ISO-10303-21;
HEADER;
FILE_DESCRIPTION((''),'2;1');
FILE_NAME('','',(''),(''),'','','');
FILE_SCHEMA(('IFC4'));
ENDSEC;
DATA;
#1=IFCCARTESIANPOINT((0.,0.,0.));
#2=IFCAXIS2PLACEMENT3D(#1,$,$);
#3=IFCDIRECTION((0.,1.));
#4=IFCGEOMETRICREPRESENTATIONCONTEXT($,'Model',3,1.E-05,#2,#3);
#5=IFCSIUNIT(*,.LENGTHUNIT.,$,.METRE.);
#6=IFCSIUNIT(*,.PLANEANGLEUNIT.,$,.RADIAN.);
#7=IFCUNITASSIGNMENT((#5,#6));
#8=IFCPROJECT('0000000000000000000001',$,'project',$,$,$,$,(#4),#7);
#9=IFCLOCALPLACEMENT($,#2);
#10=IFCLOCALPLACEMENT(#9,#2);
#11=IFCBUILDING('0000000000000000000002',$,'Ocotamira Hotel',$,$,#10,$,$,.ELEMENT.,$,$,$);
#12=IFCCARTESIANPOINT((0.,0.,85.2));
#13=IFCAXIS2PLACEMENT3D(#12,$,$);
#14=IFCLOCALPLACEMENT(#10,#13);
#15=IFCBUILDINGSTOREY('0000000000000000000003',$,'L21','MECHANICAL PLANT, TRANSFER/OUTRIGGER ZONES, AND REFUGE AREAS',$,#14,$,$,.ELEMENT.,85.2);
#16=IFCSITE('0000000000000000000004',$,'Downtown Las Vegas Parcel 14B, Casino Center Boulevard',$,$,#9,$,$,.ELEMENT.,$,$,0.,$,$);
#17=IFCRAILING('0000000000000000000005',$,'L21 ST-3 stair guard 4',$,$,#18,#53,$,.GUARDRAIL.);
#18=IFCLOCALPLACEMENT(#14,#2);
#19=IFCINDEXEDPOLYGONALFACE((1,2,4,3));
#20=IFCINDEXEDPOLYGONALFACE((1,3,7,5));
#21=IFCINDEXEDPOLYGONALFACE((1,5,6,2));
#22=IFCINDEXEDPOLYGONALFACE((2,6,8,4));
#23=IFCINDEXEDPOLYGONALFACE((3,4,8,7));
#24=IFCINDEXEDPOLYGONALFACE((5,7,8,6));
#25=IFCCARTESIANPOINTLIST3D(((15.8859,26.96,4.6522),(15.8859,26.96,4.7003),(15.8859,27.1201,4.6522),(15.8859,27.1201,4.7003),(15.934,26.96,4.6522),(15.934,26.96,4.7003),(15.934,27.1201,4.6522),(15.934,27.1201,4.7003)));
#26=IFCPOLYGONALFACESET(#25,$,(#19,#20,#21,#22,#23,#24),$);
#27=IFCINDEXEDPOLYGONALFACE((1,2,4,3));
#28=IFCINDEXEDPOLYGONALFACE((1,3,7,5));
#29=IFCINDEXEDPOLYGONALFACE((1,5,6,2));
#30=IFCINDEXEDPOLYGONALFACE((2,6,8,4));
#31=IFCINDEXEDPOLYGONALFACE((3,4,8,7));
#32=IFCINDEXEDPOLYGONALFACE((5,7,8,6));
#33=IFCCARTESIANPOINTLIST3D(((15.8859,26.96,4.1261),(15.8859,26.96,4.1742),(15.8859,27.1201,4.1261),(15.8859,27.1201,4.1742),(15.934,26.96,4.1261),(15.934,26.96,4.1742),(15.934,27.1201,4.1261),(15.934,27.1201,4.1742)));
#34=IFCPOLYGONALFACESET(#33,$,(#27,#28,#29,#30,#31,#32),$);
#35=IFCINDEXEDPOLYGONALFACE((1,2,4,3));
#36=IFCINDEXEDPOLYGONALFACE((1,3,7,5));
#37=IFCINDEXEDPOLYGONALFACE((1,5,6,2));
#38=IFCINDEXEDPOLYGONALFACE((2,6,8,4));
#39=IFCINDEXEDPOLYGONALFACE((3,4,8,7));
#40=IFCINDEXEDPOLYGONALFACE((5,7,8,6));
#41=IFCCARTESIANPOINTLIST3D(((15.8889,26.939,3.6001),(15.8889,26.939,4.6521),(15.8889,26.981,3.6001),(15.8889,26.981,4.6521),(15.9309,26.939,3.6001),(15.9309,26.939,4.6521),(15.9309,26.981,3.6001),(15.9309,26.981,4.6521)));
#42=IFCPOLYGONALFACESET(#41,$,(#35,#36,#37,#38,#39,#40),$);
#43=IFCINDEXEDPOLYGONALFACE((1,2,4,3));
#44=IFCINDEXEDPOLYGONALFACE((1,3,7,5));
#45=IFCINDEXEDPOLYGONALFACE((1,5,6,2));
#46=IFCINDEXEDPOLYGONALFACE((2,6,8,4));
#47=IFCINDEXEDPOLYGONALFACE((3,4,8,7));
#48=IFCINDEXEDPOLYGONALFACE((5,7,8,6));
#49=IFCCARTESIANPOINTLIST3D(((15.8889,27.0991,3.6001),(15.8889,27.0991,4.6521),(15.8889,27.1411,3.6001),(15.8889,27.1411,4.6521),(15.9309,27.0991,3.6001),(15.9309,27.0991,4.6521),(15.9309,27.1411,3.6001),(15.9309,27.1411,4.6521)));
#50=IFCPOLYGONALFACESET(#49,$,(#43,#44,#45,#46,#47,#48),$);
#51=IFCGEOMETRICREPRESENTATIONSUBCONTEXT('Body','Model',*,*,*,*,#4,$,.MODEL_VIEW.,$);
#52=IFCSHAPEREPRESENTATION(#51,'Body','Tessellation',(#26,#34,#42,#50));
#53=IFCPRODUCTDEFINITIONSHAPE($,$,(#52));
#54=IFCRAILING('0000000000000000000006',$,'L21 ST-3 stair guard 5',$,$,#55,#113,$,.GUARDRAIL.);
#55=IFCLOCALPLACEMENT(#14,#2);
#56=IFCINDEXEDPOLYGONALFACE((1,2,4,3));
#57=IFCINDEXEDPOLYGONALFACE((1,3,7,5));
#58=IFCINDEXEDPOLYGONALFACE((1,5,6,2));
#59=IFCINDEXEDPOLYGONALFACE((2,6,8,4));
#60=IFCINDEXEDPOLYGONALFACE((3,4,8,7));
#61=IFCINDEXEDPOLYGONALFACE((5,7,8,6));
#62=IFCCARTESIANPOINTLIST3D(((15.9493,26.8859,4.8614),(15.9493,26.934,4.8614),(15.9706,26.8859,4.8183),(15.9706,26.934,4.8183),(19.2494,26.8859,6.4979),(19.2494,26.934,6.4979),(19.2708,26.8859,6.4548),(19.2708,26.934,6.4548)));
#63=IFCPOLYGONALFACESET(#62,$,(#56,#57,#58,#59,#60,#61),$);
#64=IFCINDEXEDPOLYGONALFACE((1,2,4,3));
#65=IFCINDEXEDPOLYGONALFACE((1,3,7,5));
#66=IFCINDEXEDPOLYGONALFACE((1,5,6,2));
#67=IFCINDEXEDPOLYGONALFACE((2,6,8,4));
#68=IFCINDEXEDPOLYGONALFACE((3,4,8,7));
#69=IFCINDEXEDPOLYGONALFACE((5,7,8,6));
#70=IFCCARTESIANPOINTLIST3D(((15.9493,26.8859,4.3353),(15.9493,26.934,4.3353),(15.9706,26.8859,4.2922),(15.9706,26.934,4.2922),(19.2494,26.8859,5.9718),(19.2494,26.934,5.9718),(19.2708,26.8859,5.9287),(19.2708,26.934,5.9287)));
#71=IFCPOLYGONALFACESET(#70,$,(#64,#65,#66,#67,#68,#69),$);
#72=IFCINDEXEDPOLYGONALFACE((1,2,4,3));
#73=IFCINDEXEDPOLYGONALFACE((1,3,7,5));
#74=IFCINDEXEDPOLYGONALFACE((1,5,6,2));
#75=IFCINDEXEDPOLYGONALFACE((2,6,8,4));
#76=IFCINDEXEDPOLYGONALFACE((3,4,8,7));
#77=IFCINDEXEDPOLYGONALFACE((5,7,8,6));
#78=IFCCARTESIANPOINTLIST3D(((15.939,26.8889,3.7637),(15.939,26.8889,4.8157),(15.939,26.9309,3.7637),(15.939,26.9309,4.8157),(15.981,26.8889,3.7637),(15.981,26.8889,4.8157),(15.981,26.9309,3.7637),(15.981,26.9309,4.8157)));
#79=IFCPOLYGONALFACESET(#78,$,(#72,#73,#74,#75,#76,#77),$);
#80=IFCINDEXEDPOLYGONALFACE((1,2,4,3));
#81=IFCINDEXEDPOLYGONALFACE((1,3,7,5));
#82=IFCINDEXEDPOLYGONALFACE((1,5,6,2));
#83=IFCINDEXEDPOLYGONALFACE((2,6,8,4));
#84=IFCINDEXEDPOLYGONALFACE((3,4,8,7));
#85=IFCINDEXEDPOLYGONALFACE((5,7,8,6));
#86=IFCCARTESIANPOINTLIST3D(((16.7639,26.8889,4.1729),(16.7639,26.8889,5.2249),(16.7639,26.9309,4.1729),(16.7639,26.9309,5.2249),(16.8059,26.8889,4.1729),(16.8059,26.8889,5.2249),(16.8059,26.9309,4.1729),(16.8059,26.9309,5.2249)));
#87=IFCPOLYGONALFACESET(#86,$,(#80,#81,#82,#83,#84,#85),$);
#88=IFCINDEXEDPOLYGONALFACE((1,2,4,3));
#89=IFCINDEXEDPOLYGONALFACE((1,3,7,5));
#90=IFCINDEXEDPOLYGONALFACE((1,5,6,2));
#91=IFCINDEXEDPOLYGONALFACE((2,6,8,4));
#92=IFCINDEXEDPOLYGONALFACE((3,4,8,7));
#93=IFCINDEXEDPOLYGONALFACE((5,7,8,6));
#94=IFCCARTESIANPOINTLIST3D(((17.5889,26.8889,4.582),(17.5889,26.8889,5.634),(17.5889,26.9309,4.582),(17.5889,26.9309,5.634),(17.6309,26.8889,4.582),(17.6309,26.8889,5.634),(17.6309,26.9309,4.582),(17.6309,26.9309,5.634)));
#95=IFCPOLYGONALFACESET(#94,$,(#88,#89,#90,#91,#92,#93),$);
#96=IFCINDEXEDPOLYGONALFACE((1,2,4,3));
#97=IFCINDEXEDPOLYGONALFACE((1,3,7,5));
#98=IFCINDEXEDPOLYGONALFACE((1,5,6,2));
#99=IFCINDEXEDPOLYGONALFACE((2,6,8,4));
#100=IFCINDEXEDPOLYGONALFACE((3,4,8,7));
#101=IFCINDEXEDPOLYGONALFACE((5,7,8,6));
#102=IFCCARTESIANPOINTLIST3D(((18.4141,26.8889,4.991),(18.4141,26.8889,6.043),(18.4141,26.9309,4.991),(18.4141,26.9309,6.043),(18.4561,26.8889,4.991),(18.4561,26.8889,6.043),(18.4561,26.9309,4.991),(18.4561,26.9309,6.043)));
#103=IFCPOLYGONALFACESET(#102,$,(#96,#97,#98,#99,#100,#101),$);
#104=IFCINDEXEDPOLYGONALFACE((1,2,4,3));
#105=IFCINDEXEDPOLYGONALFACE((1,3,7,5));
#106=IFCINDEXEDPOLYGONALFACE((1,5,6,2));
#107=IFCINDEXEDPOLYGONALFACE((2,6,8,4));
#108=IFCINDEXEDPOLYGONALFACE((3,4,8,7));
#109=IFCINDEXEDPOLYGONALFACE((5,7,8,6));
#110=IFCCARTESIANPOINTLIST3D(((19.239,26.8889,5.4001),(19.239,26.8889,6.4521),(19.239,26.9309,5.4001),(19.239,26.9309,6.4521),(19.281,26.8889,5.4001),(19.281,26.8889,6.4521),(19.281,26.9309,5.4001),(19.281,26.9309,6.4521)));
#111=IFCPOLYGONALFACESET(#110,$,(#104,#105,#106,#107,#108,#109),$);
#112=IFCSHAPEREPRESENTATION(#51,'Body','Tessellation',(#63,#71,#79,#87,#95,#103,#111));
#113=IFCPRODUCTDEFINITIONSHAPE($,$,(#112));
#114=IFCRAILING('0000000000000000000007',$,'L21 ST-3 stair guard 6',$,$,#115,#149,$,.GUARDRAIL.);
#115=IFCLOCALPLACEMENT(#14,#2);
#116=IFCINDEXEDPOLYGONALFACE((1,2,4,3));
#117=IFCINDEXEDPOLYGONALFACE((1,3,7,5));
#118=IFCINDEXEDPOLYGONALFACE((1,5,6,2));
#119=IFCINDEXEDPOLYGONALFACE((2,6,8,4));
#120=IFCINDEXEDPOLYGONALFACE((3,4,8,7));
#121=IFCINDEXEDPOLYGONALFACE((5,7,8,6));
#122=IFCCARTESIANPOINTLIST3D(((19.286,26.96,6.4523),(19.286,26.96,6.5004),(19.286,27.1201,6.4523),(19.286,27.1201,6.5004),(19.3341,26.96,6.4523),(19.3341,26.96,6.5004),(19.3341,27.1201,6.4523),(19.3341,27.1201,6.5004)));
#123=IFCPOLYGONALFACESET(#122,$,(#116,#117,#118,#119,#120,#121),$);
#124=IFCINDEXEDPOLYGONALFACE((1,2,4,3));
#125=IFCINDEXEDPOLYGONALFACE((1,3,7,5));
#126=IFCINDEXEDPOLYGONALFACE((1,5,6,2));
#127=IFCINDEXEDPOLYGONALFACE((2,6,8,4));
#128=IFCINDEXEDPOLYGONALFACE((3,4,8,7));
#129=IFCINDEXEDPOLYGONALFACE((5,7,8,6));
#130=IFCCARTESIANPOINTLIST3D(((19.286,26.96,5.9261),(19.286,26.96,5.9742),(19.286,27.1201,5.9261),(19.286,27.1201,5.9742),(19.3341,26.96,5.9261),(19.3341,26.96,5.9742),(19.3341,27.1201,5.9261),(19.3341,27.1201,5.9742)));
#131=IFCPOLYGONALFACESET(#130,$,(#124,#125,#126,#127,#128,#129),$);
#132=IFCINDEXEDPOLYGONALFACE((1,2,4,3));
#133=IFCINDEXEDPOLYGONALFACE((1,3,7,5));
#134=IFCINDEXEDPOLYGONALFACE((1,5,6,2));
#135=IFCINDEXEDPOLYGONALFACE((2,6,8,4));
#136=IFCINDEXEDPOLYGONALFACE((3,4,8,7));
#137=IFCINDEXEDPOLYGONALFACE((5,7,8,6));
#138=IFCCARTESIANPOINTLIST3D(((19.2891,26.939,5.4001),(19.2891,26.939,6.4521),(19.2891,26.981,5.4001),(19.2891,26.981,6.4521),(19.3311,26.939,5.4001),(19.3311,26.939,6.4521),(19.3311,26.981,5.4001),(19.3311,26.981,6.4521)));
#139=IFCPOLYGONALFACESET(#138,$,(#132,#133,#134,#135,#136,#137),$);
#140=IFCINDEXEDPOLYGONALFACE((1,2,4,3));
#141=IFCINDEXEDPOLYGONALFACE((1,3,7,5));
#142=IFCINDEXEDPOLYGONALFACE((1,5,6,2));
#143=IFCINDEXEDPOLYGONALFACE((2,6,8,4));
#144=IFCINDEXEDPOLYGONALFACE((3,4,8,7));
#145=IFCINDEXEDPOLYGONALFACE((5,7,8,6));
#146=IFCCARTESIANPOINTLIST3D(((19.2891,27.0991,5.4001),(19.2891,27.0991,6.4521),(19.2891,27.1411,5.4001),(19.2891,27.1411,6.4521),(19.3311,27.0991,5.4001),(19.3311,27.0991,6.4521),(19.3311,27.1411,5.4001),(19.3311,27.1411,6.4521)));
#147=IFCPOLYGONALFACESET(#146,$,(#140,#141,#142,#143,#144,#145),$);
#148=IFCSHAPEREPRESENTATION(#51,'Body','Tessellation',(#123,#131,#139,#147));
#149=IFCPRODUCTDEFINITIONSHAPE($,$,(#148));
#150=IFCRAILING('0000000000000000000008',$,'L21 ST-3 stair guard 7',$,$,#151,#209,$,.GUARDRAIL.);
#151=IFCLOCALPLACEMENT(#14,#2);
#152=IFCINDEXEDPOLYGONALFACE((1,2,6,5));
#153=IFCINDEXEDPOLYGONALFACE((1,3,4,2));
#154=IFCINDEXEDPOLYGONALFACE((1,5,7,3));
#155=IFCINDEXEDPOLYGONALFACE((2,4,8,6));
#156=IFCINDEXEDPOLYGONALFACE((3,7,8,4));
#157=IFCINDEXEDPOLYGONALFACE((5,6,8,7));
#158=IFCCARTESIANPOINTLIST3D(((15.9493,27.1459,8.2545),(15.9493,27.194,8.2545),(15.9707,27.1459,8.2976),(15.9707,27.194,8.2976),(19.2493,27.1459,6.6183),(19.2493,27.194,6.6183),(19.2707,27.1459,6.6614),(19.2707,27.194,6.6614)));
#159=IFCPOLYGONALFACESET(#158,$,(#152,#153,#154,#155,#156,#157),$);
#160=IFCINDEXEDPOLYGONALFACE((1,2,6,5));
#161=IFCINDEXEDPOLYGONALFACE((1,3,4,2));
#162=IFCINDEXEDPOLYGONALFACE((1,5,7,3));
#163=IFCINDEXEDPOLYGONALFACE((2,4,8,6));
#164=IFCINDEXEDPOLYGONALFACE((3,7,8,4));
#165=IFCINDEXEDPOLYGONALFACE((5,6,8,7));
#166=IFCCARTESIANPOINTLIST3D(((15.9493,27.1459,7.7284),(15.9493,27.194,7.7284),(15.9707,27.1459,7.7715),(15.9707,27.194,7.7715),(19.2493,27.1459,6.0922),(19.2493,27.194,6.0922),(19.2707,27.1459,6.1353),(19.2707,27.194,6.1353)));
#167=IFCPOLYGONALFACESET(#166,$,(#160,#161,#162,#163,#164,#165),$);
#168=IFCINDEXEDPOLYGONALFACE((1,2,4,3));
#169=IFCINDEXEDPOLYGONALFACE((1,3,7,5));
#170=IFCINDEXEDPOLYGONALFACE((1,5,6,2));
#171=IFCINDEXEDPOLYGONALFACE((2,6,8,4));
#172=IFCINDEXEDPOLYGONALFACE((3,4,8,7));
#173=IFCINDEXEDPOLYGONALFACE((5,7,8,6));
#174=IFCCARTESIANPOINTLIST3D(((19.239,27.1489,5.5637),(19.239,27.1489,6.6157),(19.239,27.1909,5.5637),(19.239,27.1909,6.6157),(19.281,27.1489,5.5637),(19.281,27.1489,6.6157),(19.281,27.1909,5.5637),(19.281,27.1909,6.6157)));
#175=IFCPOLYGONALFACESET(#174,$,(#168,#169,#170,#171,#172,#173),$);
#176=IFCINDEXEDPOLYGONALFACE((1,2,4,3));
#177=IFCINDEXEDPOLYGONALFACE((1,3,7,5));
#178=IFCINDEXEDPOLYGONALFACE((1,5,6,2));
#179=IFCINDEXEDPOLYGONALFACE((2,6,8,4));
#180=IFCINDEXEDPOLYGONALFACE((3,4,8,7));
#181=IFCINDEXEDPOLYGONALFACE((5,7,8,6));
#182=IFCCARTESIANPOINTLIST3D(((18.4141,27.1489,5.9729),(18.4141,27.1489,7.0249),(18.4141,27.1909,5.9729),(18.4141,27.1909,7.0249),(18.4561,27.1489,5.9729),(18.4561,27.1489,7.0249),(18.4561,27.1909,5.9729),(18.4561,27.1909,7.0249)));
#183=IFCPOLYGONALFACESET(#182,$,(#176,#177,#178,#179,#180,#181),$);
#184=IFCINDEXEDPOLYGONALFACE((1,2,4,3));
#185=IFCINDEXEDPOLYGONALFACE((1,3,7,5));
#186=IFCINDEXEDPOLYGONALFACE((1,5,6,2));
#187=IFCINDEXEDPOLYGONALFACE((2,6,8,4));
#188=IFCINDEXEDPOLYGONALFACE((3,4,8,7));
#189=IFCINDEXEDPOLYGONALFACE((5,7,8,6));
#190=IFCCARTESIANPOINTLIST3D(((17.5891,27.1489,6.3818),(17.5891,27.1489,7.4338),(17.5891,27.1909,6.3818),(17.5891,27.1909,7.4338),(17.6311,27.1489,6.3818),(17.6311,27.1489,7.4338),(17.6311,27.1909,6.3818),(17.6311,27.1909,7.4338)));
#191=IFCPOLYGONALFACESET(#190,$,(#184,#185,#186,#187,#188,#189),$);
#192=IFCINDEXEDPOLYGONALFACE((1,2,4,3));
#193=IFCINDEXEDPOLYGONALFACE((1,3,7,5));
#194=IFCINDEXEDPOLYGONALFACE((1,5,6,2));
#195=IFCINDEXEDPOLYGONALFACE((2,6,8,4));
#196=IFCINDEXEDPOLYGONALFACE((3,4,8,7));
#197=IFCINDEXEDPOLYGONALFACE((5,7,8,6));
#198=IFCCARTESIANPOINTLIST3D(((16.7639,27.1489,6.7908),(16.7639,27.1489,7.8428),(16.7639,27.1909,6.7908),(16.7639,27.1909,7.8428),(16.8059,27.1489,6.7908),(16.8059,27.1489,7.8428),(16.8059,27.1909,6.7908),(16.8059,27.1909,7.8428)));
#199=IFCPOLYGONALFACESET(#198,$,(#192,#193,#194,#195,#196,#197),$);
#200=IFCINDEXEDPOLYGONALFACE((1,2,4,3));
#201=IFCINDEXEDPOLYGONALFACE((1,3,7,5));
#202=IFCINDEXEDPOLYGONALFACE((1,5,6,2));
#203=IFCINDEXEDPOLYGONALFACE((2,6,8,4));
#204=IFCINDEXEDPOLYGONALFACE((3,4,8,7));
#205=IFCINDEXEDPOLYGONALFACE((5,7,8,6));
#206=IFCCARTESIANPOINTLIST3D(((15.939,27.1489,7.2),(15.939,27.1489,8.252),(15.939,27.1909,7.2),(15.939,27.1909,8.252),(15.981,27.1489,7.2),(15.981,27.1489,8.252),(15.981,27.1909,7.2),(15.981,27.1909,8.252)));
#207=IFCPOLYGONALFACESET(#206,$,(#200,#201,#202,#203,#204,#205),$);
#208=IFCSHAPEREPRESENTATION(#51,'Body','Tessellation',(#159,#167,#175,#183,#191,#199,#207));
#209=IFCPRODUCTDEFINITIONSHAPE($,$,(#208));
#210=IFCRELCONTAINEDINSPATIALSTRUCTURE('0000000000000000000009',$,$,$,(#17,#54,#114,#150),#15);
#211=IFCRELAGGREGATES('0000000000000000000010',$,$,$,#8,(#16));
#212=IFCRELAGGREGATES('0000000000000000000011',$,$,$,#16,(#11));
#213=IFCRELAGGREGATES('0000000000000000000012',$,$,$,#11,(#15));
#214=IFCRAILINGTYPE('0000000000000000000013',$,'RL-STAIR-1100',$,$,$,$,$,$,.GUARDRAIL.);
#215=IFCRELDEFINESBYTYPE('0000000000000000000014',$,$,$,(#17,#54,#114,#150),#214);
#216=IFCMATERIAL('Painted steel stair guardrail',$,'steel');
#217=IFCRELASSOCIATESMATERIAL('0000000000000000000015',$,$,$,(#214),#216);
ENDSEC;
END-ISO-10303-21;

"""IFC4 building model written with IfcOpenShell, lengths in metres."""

from ifc_helpers import new_model, si_unit, direction, frame, origin, origin_2d, place, context, subcontext, project, spatial, rectangle, extrude, material, type_object, element, save


model = new_model("IFC4")

# Units and contexts
model_context = context("Model", 3, precision=1e-05, world=origin(), true_north=direction((0.0, 1.0)))
body_context = subcontext(model_context, "Body", "Model", "MODEL_VIEW")
ifc_project = project(units=[si_unit("LENGTHUNIT", "METRE"), si_unit("PLANEANGLEUNIT", "RADIAN")], contexts=[model_context])

# Site, building, storey
site_placement = place(None, origin())
site = spatial("IfcSite", under=ifc_project, at=site_placement, Name="Downtown Las Vegas Parcel 14B, Casino Center Boulevard", CompositionType="ELEMENT", RefElevation=0.0)
building_placement = place(site_placement, origin())
building = spatial("IfcBuilding", under=site, at=building_placement, Name="Ocotamira Hotel", CompositionType="ELEMENT")
storey_placement = place(building_placement, frame((0.0, 0.0, 85.2)))
storey = spatial("IfcBuildingStorey", under=building, at=storey_placement, Name="L21", Description="MECHANICAL PLANT, TRANSFER/OUTRIGGER ZONES, AND REFUGE AREAS", CompositionType="ELEMENT", Elevation=85.2)

# Railings
ifc_material_1 = material(Name="Painted steel stair guardrail", Category="steel")
railing_type_1 = type_object("IfcRailingType", Name="RL-STAIR-1100", PredefinedType="GUARDRAIL", material=ifc_material_1)
railing_1_placement = place(storey_placement, frame((15.9099, 26.96, 3.6001)))
element("IfcRailing", 1, at=railing_1_placement, inside=storey, type_object=railing_type_1, Name="L21 ST-3 stair guard 4", PredefinedType="GUARDRAIL", context=body_context, shape_type="SweptSolid", body=[
    extrude(rectangle(XDim=0.0481, YDim=0.0481, at=origin_2d()), frame((0.0, 0.0, 1.0762), z_axis=(0.0, 1.0, 0.0), x_axis=(-1.0, 0.0, 0.0)), (0.0, 0.0, 1.0), 0.1602),
    extrude(rectangle(XDim=0.0481, YDim=0.0481, at=origin_2d()), frame((0.0, 0.0, 0.55), z_axis=(0.0, 1.0, 0.0), x_axis=(-1.0, 0.0, 0.0)), (0.0, 0.0, 1.0), 0.1602),
    extrude(rectangle(XDim=0.042, YDim=0.042, at=origin_2d()), origin(), (0.0, 0.0, 1.0), 1.052),
    extrude(rectangle(XDim=0.042, YDim=0.042, at=origin_2d()), frame((0.0, 0.1602, 0.0)), (0.0, 0.0, 1.0), 1.052),
])
railing_2_placement = place(storey_placement, frame((15.96, 26.9099, 3.7637)))
element("IfcRailing", 2, at=railing_2_placement, inside=storey, type_object=railing_type_1, Name="L21 ST-3 stair guard 5", PredefinedType="GUARDRAIL", context=body_context, shape_type="SweptSolid", body=[
    extrude(rectangle(XDim=0.0481, YDim=0.0481, at=origin_2d()), frame((0.0, 0.0, 1.0762), z_axis=(0.895894, 0.0, 0.444268), x_axis=(0.0, 1.0, 0.0)), (0.0, 0.0, 1.0), 3.6836),
    extrude(rectangle(XDim=0.0481, YDim=0.0481, at=origin_2d()), frame((0.0, 0.0, 0.55), z_axis=(0.895894, 0.0, 0.444268), x_axis=(0.0, 1.0, 0.0)), (0.0, 0.0, 1.0), 3.6836),
    extrude(rectangle(XDim=0.042, YDim=0.042, at=origin_2d()), origin(), (0.0, 0.0, 1.0), 1.052),
    extrude(rectangle(XDim=0.042, YDim=0.042, at=origin_2d()), frame((0.825, 0.0, 0.4092)), (0.0, 0.0, 1.0), 1.052),
    extrude(rectangle(XDim=0.042, YDim=0.042, at=origin_2d()), frame((1.6499, 0.0, 0.8184)), (0.0, 0.0, 1.0), 1.052),
    extrude(rectangle(XDim=0.042, YDim=0.042, at=origin_2d()), frame((2.4751, 0.0, 1.2273)), (0.0, 0.0, 1.0), 1.052),
    extrude(rectangle(XDim=0.042, YDim=0.042, at=origin_2d()), frame((3.3, 0.0, 1.6365)), (0.0, 0.0, 1.0), 1.052),
])
railing_3_placement = place(storey_placement, frame((19.3101, 26.96, 5.4001)))
element("IfcRailing", 3, at=railing_3_placement, inside=storey, type_object=railing_type_1, Name="L21 ST-3 stair guard 6", PredefinedType="GUARDRAIL", context=body_context, shape_type="SweptSolid", body=[
    extrude(rectangle(XDim=0.0481, YDim=0.0481, at=origin_2d()), frame((0.0, 0.0, 1.0762), z_axis=(0.0, 1.0, 0.0), x_axis=(-1.0, 0.0, 0.0)), (0.0, 0.0, 1.0), 0.1602),
    extrude(rectangle(XDim=0.0481, YDim=0.0481, at=origin_2d()), frame((0.0, 0.0, 0.55), z_axis=(0.0, 1.0, 0.0), x_axis=(-1.0, 0.0, 0.0)), (0.0, 0.0, 1.0), 0.1602),
    extrude(rectangle(XDim=0.042, YDim=0.042, at=origin_2d()), origin(), (0.0, 0.0, 1.0), 1.052),
    extrude(rectangle(XDim=0.042, YDim=0.042, at=origin_2d()), frame((0.0, 0.1602, 0.0)), (0.0, 0.0, 1.0), 1.052),
])
railing_4_placement = place(storey_placement, frame((19.26, 27.1699, 5.5637)))
element("IfcRailing", 4, at=railing_4_placement, inside=storey, type_object=railing_type_1, Name="L21 ST-3 stair guard 7", PredefinedType="GUARDRAIL", context=body_context, shape_type="SweptSolid", body=[
    extrude(rectangle(XDim=0.0481, YDim=0.0481, at=origin_2d()), frame((0.0, 0.0, 1.0762), z_axis=(-0.89592, 0.0, 0.444215), x_axis=(0.0, -1.0, 0.0)), (0.0, 0.0, 1.0), 3.6833),
    extrude(rectangle(XDim=0.0481, YDim=0.0481, at=origin_2d()), frame((0.0, 0.0, 0.55), z_axis=(-0.89592, 0.0, 0.444215), x_axis=(0.0, -1.0, 0.0)), (0.0, 0.0, 1.0), 3.6833),
    extrude(rectangle(XDim=0.042, YDim=0.042, at=origin_2d()), origin(), (0.0, 0.0, 1.0), 1.052),
    extrude(rectangle(XDim=0.042, YDim=0.042, at=origin_2d()), frame((-0.825, 0.0, 0.4092)), (0.0, 0.0, 1.0), 1.052),
    extrude(rectangle(XDim=0.042, YDim=0.042, at=origin_2d()), frame((-1.6499, 0.0, 0.8181)), (0.0, 0.0, 1.0), 1.052),
    extrude(rectangle(XDim=0.042, YDim=0.042, at=origin_2d()), frame((-2.4751, 0.0, 1.2271)), (0.0, 0.0, 1.0), 1.052),
    extrude(rectangle(XDim=0.042, YDim=0.042, at=origin_2d()), frame((-3.3, 0.0, 1.6362)), (0.0, 0.0, 1.0), 1.052),
])

save(model, "model.ifc")
